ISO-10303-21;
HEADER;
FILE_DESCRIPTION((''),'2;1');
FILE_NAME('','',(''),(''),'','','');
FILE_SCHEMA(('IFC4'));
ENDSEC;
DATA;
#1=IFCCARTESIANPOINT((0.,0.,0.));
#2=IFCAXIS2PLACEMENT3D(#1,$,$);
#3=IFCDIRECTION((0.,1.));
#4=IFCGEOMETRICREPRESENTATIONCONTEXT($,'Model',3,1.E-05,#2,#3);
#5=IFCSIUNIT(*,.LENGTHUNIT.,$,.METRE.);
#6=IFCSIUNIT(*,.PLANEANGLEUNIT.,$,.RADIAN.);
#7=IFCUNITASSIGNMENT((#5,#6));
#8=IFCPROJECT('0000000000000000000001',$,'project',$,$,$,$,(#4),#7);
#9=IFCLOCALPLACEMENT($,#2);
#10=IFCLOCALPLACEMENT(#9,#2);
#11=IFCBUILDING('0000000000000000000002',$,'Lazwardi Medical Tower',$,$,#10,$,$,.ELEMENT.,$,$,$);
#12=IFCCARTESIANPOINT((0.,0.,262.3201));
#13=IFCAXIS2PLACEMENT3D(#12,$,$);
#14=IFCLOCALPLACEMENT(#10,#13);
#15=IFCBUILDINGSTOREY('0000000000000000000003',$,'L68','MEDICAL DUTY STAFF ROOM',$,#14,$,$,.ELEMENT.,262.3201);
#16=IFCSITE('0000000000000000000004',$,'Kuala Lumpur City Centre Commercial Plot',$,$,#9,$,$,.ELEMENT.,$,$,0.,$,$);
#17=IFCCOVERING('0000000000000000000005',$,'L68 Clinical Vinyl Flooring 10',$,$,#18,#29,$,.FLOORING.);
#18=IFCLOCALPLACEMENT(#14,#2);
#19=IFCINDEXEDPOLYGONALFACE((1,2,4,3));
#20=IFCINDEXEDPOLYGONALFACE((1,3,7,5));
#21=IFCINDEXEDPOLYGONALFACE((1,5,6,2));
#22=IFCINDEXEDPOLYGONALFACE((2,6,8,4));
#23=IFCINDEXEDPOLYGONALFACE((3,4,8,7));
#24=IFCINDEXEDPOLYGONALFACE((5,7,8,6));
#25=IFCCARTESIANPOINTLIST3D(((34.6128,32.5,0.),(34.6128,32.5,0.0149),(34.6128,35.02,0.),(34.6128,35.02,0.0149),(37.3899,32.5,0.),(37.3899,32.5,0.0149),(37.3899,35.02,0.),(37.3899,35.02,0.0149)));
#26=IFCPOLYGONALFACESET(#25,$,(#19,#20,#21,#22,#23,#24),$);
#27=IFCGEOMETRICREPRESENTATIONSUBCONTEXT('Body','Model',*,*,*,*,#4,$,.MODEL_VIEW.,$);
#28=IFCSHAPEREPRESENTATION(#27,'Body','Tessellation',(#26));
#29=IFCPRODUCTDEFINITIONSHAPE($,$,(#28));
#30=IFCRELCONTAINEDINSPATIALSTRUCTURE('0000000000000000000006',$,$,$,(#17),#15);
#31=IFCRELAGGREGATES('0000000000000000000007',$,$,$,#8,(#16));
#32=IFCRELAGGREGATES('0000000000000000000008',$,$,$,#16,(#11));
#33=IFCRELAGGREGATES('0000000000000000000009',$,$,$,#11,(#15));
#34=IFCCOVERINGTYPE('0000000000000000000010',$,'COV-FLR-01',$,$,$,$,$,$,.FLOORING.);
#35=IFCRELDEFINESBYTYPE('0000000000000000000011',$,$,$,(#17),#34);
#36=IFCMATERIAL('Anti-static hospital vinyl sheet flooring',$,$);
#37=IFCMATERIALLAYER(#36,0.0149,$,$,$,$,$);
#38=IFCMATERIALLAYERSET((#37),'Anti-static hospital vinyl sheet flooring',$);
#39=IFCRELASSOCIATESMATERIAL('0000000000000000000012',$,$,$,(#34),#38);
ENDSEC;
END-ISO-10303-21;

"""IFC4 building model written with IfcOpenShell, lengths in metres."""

from ifc_helpers import new_model, si_unit, direction, frame, origin, place, context, subcontext, project, spatial, polyline, outline, extrude, material, layer, layer_set, type_object, element, save


model = new_model("IFC4")

# Units and contexts
model_context = context("Model", 3, precision=1e-05, world=origin(), true_north=direction((0.0, 1.0)))
body_context = subcontext(model_context, "Body", "Model", "MODEL_VIEW")
ifc_project = project(units=[si_unit("LENGTHUNIT", "METRE"), si_unit("PLANEANGLEUNIT", "RADIAN")], contexts=[model_context])

# Site, building, storey
site_placement = place(None, origin())
site = spatial("IfcSite", under=ifc_project, at=site_placement, Name="Kuala Lumpur City Centre Commercial Plot", CompositionType="ELEMENT", RefElevation=0.0)
building_placement = place(site_placement, origin())
building = spatial("IfcBuilding", under=site, at=building_placement, Name="Lazwardi Medical Tower", CompositionType="ELEMENT")
storey_placement = place(building_placement, frame((0.0, 0.0, 262.3201)))
storey = spatial("IfcBuildingStorey", under=building, at=storey_placement, Name="L68", Description="MEDICAL DUTY STAFF ROOM", CompositionType="ELEMENT", Elevation=262.3201)

# Covering
ifc_material_1 = material(Name="Anti-static hospital vinyl sheet flooring")
ifc_layer_1 = layer(ifc_material_1, 0.0149)
ifc_layer_set_1 = layer_set([ifc_layer_1], Name="Anti-static hospital vinyl sheet flooring")
covering_type_1 = type_object("IfcCoveringType", Name="COV-FLR-01", PredefinedType="FLOORING", material=ifc_layer_set_1)
covering_1_placement = place(storey_placement, origin())
element("IfcCovering", 1, at=covering_1_placement, inside=storey, type_object=covering_type_1, Name="L68 Clinical Vinyl Flooring 10", PredefinedType="FLOORING", context=body_context, shape_type="SweptSolid", body=[
    extrude(outline(polyline([(34.6128, 32.5), (37.3899, 32.5), (37.3899, 35.02), (34.6128, 35.02), (34.6128, 32.5)])), origin(), (0.0, 0.0, 1.0), 0.0149),
])

save(model, "model.ifc")
